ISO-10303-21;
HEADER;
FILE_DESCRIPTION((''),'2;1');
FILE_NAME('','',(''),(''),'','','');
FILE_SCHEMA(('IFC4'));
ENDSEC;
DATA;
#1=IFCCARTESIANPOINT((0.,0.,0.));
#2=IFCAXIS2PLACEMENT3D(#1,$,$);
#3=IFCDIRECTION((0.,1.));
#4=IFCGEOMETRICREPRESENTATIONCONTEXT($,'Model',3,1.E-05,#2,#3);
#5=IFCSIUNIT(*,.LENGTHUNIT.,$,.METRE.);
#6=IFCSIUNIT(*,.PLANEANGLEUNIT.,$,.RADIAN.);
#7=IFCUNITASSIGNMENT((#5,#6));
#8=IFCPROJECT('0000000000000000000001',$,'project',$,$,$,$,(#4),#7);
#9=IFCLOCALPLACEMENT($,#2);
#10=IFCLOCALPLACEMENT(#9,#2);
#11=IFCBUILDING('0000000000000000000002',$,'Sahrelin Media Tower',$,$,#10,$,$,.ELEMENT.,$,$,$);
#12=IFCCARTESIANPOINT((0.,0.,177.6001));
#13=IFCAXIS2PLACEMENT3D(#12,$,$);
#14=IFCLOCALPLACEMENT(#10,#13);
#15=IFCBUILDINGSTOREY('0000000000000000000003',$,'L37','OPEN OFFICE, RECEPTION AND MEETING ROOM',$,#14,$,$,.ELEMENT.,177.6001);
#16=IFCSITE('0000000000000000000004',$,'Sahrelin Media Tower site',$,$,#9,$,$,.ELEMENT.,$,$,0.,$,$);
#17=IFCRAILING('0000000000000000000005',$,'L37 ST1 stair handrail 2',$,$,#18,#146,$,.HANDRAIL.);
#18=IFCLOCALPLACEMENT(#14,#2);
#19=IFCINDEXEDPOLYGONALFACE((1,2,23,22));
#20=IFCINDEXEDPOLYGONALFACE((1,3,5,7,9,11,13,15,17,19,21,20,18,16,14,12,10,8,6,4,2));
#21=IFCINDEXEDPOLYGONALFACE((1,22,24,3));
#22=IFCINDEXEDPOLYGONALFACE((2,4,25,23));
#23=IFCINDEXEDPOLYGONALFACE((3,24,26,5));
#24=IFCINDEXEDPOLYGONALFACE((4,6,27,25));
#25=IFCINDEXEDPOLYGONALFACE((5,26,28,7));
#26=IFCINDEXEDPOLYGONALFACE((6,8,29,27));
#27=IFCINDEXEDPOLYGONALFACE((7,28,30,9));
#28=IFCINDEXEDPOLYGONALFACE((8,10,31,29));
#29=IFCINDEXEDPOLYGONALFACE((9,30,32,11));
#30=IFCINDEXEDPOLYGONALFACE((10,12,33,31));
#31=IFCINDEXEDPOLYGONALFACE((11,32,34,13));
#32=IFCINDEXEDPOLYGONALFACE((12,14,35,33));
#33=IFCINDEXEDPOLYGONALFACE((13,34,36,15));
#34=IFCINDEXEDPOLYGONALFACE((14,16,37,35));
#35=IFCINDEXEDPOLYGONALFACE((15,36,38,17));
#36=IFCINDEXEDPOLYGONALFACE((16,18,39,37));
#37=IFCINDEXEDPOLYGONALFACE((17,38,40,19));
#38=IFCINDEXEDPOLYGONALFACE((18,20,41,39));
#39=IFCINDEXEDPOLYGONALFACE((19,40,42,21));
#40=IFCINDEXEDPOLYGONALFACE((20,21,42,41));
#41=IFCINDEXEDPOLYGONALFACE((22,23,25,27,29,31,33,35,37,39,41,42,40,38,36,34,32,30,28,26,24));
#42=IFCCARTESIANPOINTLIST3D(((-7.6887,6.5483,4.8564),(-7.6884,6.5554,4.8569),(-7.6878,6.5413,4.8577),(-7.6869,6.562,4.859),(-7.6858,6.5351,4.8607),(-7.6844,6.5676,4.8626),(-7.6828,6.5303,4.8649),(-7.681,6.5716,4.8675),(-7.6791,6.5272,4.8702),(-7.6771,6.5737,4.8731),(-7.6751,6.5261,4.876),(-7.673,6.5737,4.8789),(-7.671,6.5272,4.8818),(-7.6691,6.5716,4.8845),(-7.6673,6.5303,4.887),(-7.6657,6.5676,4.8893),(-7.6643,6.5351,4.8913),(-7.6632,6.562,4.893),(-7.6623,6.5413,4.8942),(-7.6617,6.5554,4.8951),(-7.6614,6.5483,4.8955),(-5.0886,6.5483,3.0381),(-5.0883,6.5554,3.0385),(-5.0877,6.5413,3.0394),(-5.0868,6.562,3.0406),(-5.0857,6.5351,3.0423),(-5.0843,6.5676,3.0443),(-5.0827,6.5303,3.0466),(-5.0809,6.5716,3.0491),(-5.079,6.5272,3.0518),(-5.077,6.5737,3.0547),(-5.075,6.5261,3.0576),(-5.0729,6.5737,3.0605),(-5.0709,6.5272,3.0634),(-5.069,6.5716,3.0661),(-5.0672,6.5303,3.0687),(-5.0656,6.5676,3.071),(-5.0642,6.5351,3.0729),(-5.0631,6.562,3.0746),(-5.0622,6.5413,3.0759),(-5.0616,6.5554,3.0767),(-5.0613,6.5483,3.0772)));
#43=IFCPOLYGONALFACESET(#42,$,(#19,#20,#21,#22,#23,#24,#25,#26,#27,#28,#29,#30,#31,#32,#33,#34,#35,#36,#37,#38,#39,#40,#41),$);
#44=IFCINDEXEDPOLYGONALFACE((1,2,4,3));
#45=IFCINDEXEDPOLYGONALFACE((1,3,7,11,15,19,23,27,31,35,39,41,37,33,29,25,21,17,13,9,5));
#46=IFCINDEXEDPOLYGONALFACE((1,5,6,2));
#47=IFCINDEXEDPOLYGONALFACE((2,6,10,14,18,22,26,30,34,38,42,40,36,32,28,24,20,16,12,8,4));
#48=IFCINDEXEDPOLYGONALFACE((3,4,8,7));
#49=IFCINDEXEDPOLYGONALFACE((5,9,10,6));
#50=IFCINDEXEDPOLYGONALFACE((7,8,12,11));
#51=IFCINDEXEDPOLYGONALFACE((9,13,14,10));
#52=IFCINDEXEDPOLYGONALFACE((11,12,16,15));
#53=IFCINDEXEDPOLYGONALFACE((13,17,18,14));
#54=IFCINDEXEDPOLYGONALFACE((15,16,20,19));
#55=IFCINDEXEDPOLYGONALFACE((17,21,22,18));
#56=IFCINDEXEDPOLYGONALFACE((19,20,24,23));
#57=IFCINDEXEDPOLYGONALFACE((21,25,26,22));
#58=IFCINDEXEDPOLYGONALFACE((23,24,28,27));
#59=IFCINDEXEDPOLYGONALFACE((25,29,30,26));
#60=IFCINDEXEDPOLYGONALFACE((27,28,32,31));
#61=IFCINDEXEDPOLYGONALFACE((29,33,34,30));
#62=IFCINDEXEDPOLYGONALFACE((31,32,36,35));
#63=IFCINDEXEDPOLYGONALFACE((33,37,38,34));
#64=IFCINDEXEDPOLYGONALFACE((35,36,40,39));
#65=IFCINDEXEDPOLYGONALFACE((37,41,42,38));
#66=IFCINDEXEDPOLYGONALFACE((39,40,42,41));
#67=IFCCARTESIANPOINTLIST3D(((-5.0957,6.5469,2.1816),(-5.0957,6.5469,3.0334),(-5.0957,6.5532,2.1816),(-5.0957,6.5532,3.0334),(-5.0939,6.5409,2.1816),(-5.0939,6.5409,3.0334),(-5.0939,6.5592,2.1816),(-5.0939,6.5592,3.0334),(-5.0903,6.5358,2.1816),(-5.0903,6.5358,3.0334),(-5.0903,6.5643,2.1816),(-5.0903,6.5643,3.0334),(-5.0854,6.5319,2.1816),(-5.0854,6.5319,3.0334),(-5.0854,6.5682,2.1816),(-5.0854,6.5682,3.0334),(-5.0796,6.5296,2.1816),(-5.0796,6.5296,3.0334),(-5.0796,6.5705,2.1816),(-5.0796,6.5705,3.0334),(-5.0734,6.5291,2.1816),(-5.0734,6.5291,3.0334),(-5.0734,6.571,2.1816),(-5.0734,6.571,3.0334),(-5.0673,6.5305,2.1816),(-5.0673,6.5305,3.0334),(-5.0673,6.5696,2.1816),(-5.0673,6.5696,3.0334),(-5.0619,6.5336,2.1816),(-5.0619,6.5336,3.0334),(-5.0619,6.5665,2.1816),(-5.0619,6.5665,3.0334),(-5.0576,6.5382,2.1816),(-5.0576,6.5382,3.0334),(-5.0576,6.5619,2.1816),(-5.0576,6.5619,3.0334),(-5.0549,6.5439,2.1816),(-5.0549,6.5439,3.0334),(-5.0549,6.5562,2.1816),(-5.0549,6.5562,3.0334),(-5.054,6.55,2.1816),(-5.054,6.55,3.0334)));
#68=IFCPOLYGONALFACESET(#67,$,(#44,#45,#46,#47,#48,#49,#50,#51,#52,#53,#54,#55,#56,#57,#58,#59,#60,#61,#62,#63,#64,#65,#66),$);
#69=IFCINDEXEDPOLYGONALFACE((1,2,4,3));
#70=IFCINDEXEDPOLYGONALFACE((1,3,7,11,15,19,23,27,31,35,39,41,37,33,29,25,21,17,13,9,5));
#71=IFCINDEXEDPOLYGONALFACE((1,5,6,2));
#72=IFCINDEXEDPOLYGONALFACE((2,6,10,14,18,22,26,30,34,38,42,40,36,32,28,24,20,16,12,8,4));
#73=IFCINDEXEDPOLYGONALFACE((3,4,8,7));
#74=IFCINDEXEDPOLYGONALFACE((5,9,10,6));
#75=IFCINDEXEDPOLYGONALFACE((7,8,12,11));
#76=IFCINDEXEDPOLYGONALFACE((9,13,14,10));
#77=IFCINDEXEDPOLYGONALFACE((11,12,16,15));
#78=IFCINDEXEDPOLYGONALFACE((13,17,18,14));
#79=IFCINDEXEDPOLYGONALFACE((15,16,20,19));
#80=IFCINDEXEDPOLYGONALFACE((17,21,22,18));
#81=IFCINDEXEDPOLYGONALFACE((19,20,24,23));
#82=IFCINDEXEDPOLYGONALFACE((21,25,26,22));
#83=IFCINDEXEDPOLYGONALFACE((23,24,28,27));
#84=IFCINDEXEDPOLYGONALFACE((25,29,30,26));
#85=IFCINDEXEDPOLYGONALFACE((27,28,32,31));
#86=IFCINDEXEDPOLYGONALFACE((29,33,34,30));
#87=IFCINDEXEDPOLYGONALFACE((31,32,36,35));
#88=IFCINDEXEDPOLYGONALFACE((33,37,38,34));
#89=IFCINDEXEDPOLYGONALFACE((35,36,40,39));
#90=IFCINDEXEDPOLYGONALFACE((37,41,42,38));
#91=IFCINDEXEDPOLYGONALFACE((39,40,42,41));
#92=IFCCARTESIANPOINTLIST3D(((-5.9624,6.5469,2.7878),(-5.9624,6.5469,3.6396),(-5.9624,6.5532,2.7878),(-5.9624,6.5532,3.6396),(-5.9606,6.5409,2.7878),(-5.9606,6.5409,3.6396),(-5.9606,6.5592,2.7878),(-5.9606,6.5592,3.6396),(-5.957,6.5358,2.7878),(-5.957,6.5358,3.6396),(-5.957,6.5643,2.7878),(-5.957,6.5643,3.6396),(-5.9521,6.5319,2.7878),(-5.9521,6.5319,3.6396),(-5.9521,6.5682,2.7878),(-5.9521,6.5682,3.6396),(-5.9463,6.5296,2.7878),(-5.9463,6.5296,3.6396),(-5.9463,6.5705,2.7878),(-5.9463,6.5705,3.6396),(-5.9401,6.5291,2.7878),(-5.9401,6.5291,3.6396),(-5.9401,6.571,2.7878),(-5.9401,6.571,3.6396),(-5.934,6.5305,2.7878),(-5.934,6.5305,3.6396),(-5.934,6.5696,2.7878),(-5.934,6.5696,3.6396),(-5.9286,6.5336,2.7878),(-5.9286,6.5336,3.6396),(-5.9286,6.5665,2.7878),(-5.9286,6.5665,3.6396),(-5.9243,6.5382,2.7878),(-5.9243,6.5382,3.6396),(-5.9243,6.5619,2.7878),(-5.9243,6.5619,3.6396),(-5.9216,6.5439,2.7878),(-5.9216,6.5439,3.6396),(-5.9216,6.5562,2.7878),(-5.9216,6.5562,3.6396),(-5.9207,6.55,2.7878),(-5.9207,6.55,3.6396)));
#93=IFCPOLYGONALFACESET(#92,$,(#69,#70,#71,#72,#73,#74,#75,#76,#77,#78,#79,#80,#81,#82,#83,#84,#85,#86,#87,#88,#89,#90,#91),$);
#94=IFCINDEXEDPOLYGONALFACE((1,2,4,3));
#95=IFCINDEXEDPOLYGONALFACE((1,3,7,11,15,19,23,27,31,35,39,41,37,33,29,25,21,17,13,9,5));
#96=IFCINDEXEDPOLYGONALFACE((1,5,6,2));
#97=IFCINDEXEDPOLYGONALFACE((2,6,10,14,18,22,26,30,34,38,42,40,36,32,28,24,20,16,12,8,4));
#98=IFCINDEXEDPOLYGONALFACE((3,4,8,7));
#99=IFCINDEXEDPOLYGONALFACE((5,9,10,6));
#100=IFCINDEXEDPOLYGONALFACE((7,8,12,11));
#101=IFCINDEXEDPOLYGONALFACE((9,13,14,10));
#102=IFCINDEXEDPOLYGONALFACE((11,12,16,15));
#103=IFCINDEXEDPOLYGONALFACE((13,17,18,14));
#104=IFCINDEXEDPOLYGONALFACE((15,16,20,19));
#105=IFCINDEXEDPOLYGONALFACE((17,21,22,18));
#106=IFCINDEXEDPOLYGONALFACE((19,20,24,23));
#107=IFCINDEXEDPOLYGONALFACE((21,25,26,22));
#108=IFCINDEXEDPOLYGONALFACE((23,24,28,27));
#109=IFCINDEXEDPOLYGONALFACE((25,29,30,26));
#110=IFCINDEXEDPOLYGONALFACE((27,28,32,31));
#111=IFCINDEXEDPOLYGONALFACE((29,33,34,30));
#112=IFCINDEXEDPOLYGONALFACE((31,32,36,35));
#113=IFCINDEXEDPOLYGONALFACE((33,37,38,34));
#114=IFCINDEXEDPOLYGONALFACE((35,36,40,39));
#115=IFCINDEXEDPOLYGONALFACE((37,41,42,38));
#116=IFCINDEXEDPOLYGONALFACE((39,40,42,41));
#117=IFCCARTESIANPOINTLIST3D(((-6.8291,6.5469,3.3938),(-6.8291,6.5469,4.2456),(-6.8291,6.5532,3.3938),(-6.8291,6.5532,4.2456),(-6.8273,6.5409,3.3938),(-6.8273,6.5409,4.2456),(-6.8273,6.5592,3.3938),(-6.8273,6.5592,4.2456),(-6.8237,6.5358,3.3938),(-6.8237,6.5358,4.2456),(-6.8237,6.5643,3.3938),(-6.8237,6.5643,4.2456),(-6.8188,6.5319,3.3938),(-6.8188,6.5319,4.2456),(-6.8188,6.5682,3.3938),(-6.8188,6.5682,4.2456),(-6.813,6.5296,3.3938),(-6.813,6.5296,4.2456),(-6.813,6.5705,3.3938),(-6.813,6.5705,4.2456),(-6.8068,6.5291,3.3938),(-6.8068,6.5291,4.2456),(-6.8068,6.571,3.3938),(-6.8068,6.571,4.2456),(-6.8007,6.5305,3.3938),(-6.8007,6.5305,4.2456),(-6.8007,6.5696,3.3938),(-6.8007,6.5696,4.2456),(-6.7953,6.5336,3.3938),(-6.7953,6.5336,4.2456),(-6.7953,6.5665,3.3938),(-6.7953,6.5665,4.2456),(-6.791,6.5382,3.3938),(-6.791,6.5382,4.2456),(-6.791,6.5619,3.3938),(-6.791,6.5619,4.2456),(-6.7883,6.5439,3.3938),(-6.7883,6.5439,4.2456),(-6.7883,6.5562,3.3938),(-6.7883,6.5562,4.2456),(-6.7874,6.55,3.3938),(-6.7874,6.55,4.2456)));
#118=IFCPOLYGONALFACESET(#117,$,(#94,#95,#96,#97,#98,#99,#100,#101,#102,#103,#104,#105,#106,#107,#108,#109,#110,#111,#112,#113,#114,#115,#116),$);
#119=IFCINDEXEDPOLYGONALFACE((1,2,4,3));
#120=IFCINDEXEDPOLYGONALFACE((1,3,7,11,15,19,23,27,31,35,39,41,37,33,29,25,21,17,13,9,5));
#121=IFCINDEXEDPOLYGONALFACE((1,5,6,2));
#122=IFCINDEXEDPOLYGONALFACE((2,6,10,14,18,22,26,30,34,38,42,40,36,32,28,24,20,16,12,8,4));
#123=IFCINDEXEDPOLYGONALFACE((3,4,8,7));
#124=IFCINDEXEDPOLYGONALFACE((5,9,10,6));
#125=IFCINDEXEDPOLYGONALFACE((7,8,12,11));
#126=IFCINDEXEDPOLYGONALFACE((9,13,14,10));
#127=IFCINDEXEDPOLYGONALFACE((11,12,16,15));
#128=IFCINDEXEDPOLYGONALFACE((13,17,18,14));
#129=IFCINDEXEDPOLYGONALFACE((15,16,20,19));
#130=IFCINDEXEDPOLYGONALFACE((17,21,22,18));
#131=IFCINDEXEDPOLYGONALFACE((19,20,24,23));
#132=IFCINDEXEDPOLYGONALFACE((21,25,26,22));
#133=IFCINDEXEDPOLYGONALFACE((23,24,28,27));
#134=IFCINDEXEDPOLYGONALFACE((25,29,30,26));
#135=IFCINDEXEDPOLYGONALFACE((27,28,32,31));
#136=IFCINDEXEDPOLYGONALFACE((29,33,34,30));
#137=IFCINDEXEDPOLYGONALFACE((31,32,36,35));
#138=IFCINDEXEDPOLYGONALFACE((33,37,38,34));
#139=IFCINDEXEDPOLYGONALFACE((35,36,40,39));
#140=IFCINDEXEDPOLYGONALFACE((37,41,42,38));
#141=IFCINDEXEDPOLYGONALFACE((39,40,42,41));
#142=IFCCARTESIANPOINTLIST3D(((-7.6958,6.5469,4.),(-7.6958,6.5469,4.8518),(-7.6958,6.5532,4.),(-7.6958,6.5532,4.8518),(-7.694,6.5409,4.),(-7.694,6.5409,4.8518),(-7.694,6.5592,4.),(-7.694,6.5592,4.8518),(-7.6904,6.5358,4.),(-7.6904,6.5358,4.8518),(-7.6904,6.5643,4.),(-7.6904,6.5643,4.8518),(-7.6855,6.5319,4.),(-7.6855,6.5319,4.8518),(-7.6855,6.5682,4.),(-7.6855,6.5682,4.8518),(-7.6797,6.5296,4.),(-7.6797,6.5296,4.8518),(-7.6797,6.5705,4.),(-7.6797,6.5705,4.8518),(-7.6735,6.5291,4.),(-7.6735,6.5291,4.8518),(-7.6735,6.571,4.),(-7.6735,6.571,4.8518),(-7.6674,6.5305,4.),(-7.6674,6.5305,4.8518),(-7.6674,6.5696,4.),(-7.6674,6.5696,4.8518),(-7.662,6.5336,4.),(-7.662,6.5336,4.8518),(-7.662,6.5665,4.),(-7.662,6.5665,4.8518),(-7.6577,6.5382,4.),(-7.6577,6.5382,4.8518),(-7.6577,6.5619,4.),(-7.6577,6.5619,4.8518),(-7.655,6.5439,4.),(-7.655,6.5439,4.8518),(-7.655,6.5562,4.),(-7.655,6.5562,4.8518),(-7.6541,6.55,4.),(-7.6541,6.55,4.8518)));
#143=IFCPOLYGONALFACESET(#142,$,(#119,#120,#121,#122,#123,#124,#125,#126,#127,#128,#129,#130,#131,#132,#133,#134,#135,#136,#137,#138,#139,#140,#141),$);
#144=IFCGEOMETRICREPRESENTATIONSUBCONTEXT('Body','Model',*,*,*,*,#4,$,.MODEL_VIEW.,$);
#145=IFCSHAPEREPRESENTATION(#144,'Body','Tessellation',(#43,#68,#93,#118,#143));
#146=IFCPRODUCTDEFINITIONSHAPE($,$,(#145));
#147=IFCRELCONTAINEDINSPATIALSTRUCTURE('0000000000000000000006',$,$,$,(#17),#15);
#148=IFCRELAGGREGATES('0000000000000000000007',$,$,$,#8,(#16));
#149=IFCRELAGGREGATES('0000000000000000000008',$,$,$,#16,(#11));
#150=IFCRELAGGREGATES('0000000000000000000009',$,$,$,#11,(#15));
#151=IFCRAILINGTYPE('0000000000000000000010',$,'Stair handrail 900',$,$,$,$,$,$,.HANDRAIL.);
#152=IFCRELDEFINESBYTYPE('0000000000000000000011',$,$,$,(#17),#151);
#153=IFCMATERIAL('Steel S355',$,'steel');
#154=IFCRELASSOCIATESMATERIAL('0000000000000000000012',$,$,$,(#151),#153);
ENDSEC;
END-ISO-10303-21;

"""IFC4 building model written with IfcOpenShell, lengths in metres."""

from ifc_helpers import new_model, si_unit, direction, frame, origin, origin_2d, place, context, subcontext, project, spatial, circle, extrude, material, type_object, element, save


model = new_model("IFC4")

# Units and contexts
model_context = context("Model", 3, precision=1e-05, world=origin(), true_north=direction((0.0, 1.0)))
body_context = subcontext(model_context, "Body", "Model", "MODEL_VIEW")
ifc_project = project(units=[si_unit("LENGTHUNIT", "METRE"), si_unit("PLANEANGLEUNIT", "RADIAN")], contexts=[model_context])

# Site, building, storey
site_placement = place(None, origin())
site = spatial("IfcSite", under=ifc_project, at=site_placement, Name="Sahrelin Media Tower site", CompositionType="ELEMENT", RefElevation=0.0)
building_placement = place(site_placement, origin())
building = spatial("IfcBuilding", under=site, at=building_placement, Name="Sahrelin Media Tower", CompositionType="ELEMENT")
storey_placement = place(building_placement, frame((0.0, 0.0, 177.6001)))
storey = spatial("IfcBuildingStorey", under=building, at=storey_placement, Name="L37", Description="OPEN OFFICE, RECEPTION AND MEETING ROOM", CompositionType="ELEMENT", Elevation=177.6001)

# Shared definitions
ifc_material_1 = material(Name="Steel S355", Category="steel")

# Railing
railing_type_1 = type_object("IfcRailingType", Name="Stair handrail 900", PredefinedType="HANDRAIL", material=ifc_material_1)
railing_1_placement = place(storey_placement, frame((-5.075, 6.55, 2.1816)))
element("IfcRailing", 1, at=railing_1_placement, inside=storey, type_object=railing_type_1, Name="L37 ST1 stair handrail 2", PredefinedType="HANDRAIL", context=body_context, shape_type="SweptSolid", body=[
    extrude(circle(Radius=0.0239, at=origin_2d()), frame((0.0, 0.0, 0.876), z_axis=(-0.819485, 0.0, 0.573101), x_axis=(0.0, -1.0, 0.0)), (0.0, 0.0, 1.0), 3.1729),
    extrude(circle(Radius=0.021, at=origin_2d()), origin(), (0.0, 0.0, 1.0), 0.8518),
    extrude(circle(Radius=0.021, at=origin_2d()), frame((-0.8667, 0.0, 0.6062)), (0.0, 0.0, 1.0), 0.8518),
    extrude(circle(Radius=0.021, at=origin_2d()), frame((-1.7334, 0.0, 1.2122)), (0.0, 0.0, 1.0), 0.8518),
    extrude(circle(Radius=0.021, at=origin_2d()), frame((-2.6001, 0.0, 1.8184)), (0.0, 0.0, 1.0), 0.8518),
])

save(model, "model.ifc")
